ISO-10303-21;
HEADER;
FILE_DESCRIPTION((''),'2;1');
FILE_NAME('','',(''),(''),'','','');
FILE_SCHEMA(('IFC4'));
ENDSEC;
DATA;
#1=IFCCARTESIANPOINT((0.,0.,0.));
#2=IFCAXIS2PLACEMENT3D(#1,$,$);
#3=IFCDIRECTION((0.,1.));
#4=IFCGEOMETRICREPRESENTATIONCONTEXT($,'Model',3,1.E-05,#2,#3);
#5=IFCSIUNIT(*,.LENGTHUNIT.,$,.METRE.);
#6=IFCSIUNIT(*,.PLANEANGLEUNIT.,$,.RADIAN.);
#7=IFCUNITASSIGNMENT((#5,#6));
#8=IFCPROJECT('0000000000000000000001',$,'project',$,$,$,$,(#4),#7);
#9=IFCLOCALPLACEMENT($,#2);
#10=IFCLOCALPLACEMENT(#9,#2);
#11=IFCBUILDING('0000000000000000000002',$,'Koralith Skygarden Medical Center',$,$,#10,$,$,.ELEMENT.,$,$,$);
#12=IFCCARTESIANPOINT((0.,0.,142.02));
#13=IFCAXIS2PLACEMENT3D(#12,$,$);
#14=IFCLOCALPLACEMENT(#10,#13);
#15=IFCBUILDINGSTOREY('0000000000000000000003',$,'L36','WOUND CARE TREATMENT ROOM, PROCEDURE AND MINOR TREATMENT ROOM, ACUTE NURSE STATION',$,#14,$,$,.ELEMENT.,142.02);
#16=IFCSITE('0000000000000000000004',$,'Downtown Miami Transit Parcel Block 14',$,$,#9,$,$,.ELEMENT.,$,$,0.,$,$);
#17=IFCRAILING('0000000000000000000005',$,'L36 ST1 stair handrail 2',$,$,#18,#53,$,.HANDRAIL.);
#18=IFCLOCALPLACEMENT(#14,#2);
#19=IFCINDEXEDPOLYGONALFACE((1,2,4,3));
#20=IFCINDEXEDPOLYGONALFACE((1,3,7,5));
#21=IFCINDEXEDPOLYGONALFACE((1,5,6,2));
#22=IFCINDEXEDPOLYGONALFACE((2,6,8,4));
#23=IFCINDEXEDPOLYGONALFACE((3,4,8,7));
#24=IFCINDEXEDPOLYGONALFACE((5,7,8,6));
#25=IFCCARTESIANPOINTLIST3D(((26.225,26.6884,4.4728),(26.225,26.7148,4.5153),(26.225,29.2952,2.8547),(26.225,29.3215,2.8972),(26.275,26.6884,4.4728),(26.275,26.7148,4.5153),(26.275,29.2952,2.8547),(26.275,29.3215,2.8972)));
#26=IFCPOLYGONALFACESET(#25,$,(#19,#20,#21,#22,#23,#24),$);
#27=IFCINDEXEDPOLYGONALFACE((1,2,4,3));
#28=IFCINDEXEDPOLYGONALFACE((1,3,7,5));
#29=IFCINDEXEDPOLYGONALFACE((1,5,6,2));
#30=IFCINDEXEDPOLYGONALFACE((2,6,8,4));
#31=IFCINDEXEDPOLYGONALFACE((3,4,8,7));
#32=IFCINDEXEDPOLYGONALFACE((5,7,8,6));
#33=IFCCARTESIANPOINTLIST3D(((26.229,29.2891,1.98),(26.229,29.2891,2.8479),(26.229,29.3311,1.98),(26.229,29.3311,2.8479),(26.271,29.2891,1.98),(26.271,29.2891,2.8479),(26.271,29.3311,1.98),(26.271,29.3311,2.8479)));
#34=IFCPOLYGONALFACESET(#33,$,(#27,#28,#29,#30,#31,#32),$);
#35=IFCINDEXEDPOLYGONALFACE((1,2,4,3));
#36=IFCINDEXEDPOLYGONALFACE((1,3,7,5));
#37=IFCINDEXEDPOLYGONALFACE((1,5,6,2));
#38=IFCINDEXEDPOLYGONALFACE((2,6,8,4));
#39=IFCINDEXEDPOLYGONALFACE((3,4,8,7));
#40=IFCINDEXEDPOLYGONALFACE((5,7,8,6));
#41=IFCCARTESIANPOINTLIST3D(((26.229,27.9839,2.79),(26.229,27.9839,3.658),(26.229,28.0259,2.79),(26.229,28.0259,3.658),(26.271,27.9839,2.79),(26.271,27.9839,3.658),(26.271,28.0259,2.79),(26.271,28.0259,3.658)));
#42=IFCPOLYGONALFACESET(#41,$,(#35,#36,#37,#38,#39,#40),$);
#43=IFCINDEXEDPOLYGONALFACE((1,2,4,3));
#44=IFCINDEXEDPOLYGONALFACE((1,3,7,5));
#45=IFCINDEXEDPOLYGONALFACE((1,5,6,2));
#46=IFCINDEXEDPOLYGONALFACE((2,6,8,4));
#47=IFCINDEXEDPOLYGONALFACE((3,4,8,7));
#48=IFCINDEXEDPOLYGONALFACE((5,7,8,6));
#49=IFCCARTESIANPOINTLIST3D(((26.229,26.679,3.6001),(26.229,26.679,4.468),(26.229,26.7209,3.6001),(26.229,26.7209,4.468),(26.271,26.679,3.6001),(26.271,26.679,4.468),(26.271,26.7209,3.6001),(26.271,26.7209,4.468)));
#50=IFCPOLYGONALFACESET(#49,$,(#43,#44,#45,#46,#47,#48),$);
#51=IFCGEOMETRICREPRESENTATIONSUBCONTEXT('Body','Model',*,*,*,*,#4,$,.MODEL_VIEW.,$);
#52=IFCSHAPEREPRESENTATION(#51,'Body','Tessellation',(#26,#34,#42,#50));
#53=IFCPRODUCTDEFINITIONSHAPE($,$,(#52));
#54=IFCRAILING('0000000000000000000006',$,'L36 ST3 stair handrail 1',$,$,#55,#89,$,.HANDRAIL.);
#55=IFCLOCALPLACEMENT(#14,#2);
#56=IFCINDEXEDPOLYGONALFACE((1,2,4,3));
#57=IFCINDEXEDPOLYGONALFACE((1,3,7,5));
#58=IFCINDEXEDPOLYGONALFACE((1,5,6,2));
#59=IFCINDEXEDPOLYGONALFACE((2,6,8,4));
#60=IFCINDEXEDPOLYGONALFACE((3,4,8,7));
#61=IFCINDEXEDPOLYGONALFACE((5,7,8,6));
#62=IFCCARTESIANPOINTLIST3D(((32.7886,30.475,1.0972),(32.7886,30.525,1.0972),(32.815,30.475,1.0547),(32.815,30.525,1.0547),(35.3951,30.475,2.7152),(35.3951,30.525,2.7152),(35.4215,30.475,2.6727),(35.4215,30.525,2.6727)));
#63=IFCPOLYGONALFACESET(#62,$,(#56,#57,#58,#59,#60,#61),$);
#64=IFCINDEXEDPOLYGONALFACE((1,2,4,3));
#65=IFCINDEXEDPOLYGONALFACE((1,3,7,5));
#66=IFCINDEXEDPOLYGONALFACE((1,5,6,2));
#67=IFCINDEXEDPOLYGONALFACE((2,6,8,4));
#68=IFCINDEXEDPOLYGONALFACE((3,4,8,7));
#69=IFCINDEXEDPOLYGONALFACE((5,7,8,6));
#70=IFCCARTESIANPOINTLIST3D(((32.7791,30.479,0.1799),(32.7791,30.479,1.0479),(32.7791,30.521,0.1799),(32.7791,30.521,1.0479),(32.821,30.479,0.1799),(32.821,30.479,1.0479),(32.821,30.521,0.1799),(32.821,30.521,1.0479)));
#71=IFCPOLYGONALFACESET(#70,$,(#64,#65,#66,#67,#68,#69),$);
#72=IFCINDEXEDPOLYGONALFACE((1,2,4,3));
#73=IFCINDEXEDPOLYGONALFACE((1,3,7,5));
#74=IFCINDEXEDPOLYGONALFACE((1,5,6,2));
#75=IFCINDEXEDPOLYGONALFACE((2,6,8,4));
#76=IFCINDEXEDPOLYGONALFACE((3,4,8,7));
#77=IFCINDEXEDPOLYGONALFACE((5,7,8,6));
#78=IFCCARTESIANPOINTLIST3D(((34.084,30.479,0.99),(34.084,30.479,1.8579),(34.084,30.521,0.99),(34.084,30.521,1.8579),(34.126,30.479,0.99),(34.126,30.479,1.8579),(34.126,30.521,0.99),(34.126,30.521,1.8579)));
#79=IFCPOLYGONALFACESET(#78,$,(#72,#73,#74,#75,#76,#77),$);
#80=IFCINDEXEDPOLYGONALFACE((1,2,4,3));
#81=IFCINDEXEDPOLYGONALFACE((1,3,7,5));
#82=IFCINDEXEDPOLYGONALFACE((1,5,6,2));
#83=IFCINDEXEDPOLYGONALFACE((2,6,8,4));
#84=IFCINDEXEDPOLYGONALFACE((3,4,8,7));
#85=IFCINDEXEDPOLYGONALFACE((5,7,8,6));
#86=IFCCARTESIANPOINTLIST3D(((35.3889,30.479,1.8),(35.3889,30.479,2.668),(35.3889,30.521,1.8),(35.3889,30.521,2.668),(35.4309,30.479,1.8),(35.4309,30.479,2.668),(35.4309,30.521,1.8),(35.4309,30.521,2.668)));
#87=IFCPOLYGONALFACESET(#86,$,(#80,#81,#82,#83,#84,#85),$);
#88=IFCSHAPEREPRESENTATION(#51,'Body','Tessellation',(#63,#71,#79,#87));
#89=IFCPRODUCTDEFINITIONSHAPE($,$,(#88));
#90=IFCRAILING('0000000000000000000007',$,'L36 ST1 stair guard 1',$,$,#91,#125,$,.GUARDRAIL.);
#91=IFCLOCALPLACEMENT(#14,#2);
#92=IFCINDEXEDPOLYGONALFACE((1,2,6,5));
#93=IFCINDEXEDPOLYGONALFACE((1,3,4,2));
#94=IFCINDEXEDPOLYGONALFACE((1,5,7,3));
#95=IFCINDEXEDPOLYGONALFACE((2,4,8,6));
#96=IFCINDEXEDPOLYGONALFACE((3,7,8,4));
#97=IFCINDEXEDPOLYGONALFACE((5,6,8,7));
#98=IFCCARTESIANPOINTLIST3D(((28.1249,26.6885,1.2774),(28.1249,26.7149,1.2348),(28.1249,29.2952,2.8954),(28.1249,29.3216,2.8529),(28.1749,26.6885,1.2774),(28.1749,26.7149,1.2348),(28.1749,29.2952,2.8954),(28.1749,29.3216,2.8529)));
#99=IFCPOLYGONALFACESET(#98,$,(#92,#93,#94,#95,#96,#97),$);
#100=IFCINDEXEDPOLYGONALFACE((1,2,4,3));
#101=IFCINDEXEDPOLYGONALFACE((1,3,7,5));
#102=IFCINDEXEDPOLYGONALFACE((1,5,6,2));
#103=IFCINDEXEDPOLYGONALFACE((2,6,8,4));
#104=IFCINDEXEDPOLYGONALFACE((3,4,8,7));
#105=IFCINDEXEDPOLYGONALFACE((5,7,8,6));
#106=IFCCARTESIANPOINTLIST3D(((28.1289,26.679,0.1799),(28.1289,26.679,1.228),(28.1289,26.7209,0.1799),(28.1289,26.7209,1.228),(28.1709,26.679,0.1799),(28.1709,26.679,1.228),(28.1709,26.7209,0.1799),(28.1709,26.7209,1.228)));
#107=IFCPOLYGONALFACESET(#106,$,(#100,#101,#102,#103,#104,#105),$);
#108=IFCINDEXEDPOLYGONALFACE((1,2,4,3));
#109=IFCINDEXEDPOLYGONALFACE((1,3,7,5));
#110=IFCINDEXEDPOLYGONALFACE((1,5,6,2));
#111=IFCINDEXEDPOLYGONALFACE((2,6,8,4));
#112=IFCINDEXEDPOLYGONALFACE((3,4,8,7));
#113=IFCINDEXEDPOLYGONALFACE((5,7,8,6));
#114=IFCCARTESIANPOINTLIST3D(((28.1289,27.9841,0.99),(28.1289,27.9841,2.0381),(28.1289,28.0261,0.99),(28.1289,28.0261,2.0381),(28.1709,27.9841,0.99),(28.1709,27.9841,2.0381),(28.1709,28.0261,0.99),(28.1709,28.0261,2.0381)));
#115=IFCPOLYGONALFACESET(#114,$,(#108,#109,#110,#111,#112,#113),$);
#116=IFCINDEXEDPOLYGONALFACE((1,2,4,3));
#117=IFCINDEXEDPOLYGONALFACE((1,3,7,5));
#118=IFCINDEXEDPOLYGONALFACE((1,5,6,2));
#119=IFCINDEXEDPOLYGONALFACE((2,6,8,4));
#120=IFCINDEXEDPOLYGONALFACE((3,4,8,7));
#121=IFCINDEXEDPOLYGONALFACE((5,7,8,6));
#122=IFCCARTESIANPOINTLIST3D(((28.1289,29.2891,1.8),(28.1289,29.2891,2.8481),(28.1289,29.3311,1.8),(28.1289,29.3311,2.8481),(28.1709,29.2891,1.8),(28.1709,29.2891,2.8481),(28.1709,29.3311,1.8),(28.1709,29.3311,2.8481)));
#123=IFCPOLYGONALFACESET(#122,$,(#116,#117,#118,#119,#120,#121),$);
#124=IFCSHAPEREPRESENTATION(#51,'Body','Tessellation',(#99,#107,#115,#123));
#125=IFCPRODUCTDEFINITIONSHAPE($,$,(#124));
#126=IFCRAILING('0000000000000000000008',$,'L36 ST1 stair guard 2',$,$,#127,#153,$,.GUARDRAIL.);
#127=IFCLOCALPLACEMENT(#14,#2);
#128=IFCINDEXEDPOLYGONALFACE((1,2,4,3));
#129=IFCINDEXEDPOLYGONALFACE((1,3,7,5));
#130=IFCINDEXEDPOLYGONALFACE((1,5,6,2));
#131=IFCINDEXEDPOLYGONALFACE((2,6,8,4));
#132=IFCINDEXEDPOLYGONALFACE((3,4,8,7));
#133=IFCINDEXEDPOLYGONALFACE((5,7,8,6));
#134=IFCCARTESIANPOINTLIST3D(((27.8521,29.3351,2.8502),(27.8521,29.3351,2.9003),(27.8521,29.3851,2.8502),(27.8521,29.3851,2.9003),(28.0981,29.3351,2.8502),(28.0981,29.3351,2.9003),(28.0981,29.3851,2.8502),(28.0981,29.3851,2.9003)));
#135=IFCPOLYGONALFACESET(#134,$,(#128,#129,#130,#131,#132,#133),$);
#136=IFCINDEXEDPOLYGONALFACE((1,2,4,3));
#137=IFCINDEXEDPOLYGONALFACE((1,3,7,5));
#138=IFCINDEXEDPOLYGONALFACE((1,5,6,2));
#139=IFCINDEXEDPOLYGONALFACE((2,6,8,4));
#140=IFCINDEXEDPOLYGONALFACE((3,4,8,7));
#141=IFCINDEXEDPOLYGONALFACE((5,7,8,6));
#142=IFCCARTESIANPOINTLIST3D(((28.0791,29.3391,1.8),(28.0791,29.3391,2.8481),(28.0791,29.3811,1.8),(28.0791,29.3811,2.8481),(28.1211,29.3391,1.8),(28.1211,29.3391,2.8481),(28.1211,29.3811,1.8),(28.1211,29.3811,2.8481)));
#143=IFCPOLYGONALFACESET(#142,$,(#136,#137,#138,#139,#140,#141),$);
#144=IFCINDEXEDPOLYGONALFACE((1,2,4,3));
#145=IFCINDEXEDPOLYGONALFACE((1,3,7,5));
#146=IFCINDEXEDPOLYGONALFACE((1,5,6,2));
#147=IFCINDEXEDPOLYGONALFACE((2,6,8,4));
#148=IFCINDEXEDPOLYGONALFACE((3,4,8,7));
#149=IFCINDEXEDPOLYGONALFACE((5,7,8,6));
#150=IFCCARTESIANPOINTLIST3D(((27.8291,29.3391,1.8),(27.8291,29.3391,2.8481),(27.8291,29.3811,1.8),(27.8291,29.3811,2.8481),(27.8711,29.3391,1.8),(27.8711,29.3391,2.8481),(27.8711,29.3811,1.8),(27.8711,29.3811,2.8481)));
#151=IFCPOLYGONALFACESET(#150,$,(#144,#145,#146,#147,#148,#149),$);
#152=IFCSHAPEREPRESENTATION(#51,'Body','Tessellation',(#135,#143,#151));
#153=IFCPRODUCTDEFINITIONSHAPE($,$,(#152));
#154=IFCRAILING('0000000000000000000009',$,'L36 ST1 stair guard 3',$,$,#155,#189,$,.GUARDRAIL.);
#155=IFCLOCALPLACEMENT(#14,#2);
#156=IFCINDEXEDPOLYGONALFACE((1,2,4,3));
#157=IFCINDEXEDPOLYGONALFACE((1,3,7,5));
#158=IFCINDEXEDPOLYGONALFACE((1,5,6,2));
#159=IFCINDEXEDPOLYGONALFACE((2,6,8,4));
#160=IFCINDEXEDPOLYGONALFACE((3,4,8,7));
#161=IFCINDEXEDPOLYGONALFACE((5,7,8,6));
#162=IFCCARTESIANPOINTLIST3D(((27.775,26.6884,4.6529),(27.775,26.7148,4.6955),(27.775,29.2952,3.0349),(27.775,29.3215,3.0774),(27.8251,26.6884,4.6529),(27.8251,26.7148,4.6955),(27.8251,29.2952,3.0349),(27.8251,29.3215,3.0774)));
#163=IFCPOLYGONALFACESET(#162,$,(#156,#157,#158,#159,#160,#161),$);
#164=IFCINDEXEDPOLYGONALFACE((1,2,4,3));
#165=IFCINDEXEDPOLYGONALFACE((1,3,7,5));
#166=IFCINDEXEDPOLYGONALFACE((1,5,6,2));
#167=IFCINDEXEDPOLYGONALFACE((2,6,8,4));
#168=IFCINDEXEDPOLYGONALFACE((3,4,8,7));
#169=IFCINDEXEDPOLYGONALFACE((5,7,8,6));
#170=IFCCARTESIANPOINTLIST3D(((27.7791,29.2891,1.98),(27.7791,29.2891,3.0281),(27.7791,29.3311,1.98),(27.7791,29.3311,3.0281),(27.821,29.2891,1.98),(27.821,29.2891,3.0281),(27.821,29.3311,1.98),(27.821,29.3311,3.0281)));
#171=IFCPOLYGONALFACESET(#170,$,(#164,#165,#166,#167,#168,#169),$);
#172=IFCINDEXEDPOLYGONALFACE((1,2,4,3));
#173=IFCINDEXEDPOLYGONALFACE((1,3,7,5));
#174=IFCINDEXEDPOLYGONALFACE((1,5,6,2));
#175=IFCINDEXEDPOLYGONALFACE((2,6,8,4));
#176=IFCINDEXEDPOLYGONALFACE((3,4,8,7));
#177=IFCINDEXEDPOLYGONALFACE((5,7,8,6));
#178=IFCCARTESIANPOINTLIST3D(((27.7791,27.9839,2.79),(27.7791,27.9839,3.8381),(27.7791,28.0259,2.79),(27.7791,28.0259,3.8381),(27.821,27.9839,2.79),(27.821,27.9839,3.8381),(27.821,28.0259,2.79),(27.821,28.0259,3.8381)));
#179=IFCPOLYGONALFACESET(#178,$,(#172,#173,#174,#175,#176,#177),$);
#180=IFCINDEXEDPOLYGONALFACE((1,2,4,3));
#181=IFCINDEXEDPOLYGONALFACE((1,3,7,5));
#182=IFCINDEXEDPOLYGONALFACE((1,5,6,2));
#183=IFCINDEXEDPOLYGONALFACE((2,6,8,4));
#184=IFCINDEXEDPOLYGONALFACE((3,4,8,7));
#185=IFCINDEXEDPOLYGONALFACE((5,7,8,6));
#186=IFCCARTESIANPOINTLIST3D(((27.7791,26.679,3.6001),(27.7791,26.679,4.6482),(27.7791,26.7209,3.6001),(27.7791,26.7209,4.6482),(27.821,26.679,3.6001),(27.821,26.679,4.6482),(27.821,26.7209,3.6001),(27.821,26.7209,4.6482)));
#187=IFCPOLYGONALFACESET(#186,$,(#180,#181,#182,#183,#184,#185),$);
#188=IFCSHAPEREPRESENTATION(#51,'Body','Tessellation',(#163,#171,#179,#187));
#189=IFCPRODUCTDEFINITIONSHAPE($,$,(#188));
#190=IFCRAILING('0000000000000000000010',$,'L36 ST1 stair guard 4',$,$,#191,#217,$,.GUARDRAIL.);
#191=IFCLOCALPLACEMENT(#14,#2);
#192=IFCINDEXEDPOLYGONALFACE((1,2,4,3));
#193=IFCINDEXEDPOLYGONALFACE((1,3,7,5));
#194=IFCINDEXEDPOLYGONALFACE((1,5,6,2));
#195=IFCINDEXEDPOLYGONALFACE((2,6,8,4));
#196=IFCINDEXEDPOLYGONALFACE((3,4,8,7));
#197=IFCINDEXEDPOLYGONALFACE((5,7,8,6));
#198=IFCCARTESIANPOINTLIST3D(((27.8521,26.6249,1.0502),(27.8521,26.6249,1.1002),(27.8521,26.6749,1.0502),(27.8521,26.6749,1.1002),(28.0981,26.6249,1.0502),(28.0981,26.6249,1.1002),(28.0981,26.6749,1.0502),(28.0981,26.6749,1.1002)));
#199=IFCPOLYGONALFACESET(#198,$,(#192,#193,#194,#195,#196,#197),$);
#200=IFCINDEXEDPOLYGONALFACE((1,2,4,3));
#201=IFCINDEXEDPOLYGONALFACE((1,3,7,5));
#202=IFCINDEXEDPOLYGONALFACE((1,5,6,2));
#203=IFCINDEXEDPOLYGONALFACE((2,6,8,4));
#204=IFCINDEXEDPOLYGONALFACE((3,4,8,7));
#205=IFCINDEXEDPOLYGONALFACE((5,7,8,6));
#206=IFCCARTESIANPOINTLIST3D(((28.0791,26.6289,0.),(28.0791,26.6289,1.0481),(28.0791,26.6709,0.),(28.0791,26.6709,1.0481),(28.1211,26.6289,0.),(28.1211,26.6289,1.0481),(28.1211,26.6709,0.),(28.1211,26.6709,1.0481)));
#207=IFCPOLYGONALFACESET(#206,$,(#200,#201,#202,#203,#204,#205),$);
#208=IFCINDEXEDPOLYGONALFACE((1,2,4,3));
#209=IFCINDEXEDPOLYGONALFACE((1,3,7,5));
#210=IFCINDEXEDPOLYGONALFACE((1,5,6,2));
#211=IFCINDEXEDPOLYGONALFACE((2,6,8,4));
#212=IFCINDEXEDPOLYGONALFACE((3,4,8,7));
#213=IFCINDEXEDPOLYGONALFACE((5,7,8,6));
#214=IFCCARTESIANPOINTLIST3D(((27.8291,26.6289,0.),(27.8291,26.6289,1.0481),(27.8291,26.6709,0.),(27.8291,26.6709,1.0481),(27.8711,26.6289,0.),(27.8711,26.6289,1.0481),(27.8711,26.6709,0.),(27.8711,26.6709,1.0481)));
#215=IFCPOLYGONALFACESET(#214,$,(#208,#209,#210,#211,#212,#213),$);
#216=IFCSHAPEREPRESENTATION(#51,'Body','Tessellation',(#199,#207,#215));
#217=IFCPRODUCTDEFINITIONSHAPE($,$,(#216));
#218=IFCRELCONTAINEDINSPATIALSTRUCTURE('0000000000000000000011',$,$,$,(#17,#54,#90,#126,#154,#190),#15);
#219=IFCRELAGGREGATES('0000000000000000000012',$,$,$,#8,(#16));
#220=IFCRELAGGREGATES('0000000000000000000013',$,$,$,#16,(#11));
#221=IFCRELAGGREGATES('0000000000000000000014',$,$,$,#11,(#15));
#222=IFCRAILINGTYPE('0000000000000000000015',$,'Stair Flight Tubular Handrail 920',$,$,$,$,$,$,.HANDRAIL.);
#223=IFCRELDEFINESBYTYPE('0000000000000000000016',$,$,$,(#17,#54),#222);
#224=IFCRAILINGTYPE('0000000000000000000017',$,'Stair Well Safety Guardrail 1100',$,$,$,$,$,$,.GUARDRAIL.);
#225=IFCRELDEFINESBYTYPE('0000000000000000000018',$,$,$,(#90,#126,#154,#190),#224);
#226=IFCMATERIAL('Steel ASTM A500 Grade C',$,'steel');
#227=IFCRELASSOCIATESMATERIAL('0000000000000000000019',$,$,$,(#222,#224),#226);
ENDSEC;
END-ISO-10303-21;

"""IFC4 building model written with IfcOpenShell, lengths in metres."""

from ifc_helpers import new_model, si_unit, direction, frame, origin, origin_2d, place, context, subcontext, project, spatial, rectangle, extrude, material, type_object, element, save


model = new_model("IFC4")

# Units and contexts
model_context = context("Model", 3, precision=1e-05, world=origin(), true_north=direction((0.0, 1.0)))
body_context = subcontext(model_context, "Body", "Model", "MODEL_VIEW")
ifc_project = project(units=[si_unit("LENGTHUNIT", "METRE"), si_unit("PLANEANGLEUNIT", "RADIAN")], contexts=[model_context])

# Site, building, storey
site_placement = place(None, origin())
site = spatial("IfcSite", under=ifc_project, at=site_placement, Name="Downtown Miami Transit Parcel Block 14", CompositionType="ELEMENT", RefElevation=0.0)
building_placement = place(site_placement, origin())
building = spatial("IfcBuilding", under=site, at=building_placement, Name="Koralith Skygarden Medical Center", CompositionType="ELEMENT")
storey_placement = place(building_placement, frame((0.0, 0.0, 142.02)))
storey = spatial("IfcBuildingStorey", under=building, at=storey_placement, Name="L36", Description="WOUND CARE TREATMENT ROOM, PROCEDURE AND MINOR TREATMENT ROOM, ACUTE NURSE STATION", CompositionType="ELEMENT", Elevation=142.02)

# Railings
ifc_material_1 = material(Name="Steel ASTM A500 Grade C", Category="steel")
railing_type_1 = type_object("IfcRailingType", Name="Stair Flight Tubular Handrail 920", PredefinedType="HANDRAIL", material=ifc_material_1)
railing_1_placement = place(storey_placement, frame((26.25, 29.3101, 1.98)))
element("IfcRailing", 1, at=railing_1_placement, inside=storey, type_object=railing_type_1, Name="L36 ST1 stair handrail 2", PredefinedType="HANDRAIL", context=body_context, shape_type="SweptSolid", body=[
    extrude(rectangle(XDim=0.05, YDim=0.05, at=origin_2d()), frame((0.0, -0.0017, 0.896), z_axis=(0.0, -0.849633, 0.527375), x_axis=(1.0, 0.0, 0.0)), (0.0, 0.0, 1.0), 3.0681),
    extrude(rectangle(XDim=0.042, YDim=0.042, at=origin_2d()), origin(), (0.0, 0.0, 1.0), 0.8679),
    extrude(rectangle(XDim=0.042, YDim=0.042, at=origin_2d()), frame((0.0, -1.3052, 0.8101)), (0.0, 0.0, 1.0), 0.8679),
    extrude(rectangle(XDim=0.042, YDim=0.042, at=origin_2d()), frame((0.0, -2.6101, 1.6201)), (0.0, 0.0, 1.0), 0.8679),
])
railing_2_placement = place(storey_placement, frame((32.8, 30.5, 0.1799)))
element("IfcRailing", 2, at=railing_2_placement, inside=storey, type_object=railing_type_1, Name="L36 ST3 stair handrail 1", PredefinedType="HANDRAIL", context=body_context, shape_type="SweptSolid", body=[
    extrude(rectangle(XDim=0.05, YDim=0.05, at=origin_2d()), frame((0.0017, 0.0, 0.896), z_axis=(0.849611, 0.0, 0.52741), x_axis=(0.0, 1.0, 0.0)), (0.0, 0.0, 1.0), 3.0679),
    extrude(rectangle(XDim=0.042, YDim=0.042, at=origin_2d()), origin(), (0.0, 0.0, 1.0), 0.8679),
    extrude(rectangle(XDim=0.042, YDim=0.042, at=origin_2d()), frame((1.3049, 0.0, 0.8101)), (0.0, 0.0, 1.0), 0.8679),
    extrude(rectangle(XDim=0.042, YDim=0.042, at=origin_2d()), frame((2.6099, 0.0, 1.6201)), (0.0, 0.0, 1.0), 0.8679),
])
railing_type_2 = type_object("IfcRailingType", Name="Stair Well Safety Guardrail 1100", PredefinedType="GUARDRAIL", material=ifc_material_1)
railing_3_placement = place(storey_placement, frame((28.1499, 26.7, 0.1799)))
element("IfcRailing", 3, at=railing_3_placement, inside=storey, type_object=railing_type_2, Name="L36 ST1 stair guard 1", PredefinedType="GUARDRAIL", context=body_context, shape_type="SweptSolid", body=[
    extrude(rectangle(XDim=0.05, YDim=0.05, at=origin_2d()), frame((0.0, 0.0017, 1.0762), z_axis=(0.0, 0.849633, 0.527375), x_axis=(-1.0, 0.0, 0.0)), (0.0, 0.0, 1.0), 3.0681),
    extrude(rectangle(XDim=0.042, YDim=0.042, at=origin_2d()), origin(), (0.0, 0.0, 1.0), 1.0481),
    extrude(rectangle(XDim=0.042, YDim=0.042, at=origin_2d()), frame((0.0, 1.3052, 0.8101)), (0.0, 0.0, 1.0), 1.0481),
    extrude(rectangle(XDim=0.042, YDim=0.042, at=origin_2d()), frame((0.0, 2.6101, 1.6201)), (0.0, 0.0, 1.0), 1.0481),
])
railing_4_placement = place(storey_placement, frame((28.1001, 29.3601, 1.8)))
element("IfcRailing", 4, at=railing_4_placement, inside=storey, type_object=railing_type_2, Name="L36 ST1 stair guard 2", PredefinedType="GUARDRAIL", context=body_context, shape_type="SweptSolid", body=[
    extrude(rectangle(XDim=0.05, YDim=0.05, at=origin_2d()), frame((-0.002, 0.0, 1.0752), z_axis=(-1.0, 0.0, 0.0), x_axis=(0.0, -1.0, 0.0)), (0.0, 0.0, 1.0), 0.2461),
    extrude(rectangle(XDim=0.042, YDim=0.042, at=origin_2d()), origin(), (0.0, 0.0, 1.0), 1.0481),
    extrude(rectangle(XDim=0.042, YDim=0.042, at=origin_2d()), frame((-0.25, 0.0, 0.0)), (0.0, 0.0, 1.0), 1.0481),
])
railing_5_placement = place(storey_placement, frame((27.8, 29.3101, 1.98)))
element("IfcRailing", 5, at=railing_5_placement, inside=storey, type_object=railing_type_2, Name="L36 ST1 stair guard 3", PredefinedType="GUARDRAIL", context=body_context, shape_type="SweptSolid", body=[
    extrude(rectangle(XDim=0.05, YDim=0.05, at=origin_2d()), frame((0.0, -0.0017, 1.0762), z_axis=(0.0, -0.849633, 0.527375), x_axis=(1.0, 0.0, 0.0)), (0.0, 0.0, 1.0), 3.0681),
    extrude(rectangle(XDim=0.042, YDim=0.042, at=origin_2d()), origin(), (0.0, 0.0, 1.0), 1.0481),
    extrude(rectangle(XDim=0.042, YDim=0.042, at=origin_2d()), frame((0.0, -1.3052, 0.8101)), (0.0, 0.0, 1.0), 1.0481),
    extrude(rectangle(XDim=0.042, YDim=0.042, at=origin_2d()), frame((0.0, -2.6101, 1.6201)), (0.0, 0.0, 1.0), 1.0481),
])
railing_6_placement = place(storey_placement, frame((28.1001, 26.6499, 0.0)))
element("IfcRailing", 6, at=railing_6_placement, inside=storey, type_object=railing_type_2, Name="L36 ST1 stair guard 4", PredefinedType="GUARDRAIL", context=body_context, shape_type="SweptSolid", body=[
    extrude(rectangle(XDim=0.05, YDim=0.05, at=origin_2d()), frame((-0.002, 0.0, 1.0752), z_axis=(-1.0, 0.0, 0.0), x_axis=(0.0, -1.0, 0.0)), (0.0, 0.0, 1.0), 0.2461),
    extrude(rectangle(XDim=0.042, YDim=0.042, at=origin_2d()), origin(), (0.0, 0.0, 1.0), 1.0481),
    extrude(rectangle(XDim=0.042, YDim=0.042, at=origin_2d()), frame((-0.25, 0.0, 0.0)), (0.0, 0.0, 1.0), 1.0481),
])

save(model, "model.ifc")
